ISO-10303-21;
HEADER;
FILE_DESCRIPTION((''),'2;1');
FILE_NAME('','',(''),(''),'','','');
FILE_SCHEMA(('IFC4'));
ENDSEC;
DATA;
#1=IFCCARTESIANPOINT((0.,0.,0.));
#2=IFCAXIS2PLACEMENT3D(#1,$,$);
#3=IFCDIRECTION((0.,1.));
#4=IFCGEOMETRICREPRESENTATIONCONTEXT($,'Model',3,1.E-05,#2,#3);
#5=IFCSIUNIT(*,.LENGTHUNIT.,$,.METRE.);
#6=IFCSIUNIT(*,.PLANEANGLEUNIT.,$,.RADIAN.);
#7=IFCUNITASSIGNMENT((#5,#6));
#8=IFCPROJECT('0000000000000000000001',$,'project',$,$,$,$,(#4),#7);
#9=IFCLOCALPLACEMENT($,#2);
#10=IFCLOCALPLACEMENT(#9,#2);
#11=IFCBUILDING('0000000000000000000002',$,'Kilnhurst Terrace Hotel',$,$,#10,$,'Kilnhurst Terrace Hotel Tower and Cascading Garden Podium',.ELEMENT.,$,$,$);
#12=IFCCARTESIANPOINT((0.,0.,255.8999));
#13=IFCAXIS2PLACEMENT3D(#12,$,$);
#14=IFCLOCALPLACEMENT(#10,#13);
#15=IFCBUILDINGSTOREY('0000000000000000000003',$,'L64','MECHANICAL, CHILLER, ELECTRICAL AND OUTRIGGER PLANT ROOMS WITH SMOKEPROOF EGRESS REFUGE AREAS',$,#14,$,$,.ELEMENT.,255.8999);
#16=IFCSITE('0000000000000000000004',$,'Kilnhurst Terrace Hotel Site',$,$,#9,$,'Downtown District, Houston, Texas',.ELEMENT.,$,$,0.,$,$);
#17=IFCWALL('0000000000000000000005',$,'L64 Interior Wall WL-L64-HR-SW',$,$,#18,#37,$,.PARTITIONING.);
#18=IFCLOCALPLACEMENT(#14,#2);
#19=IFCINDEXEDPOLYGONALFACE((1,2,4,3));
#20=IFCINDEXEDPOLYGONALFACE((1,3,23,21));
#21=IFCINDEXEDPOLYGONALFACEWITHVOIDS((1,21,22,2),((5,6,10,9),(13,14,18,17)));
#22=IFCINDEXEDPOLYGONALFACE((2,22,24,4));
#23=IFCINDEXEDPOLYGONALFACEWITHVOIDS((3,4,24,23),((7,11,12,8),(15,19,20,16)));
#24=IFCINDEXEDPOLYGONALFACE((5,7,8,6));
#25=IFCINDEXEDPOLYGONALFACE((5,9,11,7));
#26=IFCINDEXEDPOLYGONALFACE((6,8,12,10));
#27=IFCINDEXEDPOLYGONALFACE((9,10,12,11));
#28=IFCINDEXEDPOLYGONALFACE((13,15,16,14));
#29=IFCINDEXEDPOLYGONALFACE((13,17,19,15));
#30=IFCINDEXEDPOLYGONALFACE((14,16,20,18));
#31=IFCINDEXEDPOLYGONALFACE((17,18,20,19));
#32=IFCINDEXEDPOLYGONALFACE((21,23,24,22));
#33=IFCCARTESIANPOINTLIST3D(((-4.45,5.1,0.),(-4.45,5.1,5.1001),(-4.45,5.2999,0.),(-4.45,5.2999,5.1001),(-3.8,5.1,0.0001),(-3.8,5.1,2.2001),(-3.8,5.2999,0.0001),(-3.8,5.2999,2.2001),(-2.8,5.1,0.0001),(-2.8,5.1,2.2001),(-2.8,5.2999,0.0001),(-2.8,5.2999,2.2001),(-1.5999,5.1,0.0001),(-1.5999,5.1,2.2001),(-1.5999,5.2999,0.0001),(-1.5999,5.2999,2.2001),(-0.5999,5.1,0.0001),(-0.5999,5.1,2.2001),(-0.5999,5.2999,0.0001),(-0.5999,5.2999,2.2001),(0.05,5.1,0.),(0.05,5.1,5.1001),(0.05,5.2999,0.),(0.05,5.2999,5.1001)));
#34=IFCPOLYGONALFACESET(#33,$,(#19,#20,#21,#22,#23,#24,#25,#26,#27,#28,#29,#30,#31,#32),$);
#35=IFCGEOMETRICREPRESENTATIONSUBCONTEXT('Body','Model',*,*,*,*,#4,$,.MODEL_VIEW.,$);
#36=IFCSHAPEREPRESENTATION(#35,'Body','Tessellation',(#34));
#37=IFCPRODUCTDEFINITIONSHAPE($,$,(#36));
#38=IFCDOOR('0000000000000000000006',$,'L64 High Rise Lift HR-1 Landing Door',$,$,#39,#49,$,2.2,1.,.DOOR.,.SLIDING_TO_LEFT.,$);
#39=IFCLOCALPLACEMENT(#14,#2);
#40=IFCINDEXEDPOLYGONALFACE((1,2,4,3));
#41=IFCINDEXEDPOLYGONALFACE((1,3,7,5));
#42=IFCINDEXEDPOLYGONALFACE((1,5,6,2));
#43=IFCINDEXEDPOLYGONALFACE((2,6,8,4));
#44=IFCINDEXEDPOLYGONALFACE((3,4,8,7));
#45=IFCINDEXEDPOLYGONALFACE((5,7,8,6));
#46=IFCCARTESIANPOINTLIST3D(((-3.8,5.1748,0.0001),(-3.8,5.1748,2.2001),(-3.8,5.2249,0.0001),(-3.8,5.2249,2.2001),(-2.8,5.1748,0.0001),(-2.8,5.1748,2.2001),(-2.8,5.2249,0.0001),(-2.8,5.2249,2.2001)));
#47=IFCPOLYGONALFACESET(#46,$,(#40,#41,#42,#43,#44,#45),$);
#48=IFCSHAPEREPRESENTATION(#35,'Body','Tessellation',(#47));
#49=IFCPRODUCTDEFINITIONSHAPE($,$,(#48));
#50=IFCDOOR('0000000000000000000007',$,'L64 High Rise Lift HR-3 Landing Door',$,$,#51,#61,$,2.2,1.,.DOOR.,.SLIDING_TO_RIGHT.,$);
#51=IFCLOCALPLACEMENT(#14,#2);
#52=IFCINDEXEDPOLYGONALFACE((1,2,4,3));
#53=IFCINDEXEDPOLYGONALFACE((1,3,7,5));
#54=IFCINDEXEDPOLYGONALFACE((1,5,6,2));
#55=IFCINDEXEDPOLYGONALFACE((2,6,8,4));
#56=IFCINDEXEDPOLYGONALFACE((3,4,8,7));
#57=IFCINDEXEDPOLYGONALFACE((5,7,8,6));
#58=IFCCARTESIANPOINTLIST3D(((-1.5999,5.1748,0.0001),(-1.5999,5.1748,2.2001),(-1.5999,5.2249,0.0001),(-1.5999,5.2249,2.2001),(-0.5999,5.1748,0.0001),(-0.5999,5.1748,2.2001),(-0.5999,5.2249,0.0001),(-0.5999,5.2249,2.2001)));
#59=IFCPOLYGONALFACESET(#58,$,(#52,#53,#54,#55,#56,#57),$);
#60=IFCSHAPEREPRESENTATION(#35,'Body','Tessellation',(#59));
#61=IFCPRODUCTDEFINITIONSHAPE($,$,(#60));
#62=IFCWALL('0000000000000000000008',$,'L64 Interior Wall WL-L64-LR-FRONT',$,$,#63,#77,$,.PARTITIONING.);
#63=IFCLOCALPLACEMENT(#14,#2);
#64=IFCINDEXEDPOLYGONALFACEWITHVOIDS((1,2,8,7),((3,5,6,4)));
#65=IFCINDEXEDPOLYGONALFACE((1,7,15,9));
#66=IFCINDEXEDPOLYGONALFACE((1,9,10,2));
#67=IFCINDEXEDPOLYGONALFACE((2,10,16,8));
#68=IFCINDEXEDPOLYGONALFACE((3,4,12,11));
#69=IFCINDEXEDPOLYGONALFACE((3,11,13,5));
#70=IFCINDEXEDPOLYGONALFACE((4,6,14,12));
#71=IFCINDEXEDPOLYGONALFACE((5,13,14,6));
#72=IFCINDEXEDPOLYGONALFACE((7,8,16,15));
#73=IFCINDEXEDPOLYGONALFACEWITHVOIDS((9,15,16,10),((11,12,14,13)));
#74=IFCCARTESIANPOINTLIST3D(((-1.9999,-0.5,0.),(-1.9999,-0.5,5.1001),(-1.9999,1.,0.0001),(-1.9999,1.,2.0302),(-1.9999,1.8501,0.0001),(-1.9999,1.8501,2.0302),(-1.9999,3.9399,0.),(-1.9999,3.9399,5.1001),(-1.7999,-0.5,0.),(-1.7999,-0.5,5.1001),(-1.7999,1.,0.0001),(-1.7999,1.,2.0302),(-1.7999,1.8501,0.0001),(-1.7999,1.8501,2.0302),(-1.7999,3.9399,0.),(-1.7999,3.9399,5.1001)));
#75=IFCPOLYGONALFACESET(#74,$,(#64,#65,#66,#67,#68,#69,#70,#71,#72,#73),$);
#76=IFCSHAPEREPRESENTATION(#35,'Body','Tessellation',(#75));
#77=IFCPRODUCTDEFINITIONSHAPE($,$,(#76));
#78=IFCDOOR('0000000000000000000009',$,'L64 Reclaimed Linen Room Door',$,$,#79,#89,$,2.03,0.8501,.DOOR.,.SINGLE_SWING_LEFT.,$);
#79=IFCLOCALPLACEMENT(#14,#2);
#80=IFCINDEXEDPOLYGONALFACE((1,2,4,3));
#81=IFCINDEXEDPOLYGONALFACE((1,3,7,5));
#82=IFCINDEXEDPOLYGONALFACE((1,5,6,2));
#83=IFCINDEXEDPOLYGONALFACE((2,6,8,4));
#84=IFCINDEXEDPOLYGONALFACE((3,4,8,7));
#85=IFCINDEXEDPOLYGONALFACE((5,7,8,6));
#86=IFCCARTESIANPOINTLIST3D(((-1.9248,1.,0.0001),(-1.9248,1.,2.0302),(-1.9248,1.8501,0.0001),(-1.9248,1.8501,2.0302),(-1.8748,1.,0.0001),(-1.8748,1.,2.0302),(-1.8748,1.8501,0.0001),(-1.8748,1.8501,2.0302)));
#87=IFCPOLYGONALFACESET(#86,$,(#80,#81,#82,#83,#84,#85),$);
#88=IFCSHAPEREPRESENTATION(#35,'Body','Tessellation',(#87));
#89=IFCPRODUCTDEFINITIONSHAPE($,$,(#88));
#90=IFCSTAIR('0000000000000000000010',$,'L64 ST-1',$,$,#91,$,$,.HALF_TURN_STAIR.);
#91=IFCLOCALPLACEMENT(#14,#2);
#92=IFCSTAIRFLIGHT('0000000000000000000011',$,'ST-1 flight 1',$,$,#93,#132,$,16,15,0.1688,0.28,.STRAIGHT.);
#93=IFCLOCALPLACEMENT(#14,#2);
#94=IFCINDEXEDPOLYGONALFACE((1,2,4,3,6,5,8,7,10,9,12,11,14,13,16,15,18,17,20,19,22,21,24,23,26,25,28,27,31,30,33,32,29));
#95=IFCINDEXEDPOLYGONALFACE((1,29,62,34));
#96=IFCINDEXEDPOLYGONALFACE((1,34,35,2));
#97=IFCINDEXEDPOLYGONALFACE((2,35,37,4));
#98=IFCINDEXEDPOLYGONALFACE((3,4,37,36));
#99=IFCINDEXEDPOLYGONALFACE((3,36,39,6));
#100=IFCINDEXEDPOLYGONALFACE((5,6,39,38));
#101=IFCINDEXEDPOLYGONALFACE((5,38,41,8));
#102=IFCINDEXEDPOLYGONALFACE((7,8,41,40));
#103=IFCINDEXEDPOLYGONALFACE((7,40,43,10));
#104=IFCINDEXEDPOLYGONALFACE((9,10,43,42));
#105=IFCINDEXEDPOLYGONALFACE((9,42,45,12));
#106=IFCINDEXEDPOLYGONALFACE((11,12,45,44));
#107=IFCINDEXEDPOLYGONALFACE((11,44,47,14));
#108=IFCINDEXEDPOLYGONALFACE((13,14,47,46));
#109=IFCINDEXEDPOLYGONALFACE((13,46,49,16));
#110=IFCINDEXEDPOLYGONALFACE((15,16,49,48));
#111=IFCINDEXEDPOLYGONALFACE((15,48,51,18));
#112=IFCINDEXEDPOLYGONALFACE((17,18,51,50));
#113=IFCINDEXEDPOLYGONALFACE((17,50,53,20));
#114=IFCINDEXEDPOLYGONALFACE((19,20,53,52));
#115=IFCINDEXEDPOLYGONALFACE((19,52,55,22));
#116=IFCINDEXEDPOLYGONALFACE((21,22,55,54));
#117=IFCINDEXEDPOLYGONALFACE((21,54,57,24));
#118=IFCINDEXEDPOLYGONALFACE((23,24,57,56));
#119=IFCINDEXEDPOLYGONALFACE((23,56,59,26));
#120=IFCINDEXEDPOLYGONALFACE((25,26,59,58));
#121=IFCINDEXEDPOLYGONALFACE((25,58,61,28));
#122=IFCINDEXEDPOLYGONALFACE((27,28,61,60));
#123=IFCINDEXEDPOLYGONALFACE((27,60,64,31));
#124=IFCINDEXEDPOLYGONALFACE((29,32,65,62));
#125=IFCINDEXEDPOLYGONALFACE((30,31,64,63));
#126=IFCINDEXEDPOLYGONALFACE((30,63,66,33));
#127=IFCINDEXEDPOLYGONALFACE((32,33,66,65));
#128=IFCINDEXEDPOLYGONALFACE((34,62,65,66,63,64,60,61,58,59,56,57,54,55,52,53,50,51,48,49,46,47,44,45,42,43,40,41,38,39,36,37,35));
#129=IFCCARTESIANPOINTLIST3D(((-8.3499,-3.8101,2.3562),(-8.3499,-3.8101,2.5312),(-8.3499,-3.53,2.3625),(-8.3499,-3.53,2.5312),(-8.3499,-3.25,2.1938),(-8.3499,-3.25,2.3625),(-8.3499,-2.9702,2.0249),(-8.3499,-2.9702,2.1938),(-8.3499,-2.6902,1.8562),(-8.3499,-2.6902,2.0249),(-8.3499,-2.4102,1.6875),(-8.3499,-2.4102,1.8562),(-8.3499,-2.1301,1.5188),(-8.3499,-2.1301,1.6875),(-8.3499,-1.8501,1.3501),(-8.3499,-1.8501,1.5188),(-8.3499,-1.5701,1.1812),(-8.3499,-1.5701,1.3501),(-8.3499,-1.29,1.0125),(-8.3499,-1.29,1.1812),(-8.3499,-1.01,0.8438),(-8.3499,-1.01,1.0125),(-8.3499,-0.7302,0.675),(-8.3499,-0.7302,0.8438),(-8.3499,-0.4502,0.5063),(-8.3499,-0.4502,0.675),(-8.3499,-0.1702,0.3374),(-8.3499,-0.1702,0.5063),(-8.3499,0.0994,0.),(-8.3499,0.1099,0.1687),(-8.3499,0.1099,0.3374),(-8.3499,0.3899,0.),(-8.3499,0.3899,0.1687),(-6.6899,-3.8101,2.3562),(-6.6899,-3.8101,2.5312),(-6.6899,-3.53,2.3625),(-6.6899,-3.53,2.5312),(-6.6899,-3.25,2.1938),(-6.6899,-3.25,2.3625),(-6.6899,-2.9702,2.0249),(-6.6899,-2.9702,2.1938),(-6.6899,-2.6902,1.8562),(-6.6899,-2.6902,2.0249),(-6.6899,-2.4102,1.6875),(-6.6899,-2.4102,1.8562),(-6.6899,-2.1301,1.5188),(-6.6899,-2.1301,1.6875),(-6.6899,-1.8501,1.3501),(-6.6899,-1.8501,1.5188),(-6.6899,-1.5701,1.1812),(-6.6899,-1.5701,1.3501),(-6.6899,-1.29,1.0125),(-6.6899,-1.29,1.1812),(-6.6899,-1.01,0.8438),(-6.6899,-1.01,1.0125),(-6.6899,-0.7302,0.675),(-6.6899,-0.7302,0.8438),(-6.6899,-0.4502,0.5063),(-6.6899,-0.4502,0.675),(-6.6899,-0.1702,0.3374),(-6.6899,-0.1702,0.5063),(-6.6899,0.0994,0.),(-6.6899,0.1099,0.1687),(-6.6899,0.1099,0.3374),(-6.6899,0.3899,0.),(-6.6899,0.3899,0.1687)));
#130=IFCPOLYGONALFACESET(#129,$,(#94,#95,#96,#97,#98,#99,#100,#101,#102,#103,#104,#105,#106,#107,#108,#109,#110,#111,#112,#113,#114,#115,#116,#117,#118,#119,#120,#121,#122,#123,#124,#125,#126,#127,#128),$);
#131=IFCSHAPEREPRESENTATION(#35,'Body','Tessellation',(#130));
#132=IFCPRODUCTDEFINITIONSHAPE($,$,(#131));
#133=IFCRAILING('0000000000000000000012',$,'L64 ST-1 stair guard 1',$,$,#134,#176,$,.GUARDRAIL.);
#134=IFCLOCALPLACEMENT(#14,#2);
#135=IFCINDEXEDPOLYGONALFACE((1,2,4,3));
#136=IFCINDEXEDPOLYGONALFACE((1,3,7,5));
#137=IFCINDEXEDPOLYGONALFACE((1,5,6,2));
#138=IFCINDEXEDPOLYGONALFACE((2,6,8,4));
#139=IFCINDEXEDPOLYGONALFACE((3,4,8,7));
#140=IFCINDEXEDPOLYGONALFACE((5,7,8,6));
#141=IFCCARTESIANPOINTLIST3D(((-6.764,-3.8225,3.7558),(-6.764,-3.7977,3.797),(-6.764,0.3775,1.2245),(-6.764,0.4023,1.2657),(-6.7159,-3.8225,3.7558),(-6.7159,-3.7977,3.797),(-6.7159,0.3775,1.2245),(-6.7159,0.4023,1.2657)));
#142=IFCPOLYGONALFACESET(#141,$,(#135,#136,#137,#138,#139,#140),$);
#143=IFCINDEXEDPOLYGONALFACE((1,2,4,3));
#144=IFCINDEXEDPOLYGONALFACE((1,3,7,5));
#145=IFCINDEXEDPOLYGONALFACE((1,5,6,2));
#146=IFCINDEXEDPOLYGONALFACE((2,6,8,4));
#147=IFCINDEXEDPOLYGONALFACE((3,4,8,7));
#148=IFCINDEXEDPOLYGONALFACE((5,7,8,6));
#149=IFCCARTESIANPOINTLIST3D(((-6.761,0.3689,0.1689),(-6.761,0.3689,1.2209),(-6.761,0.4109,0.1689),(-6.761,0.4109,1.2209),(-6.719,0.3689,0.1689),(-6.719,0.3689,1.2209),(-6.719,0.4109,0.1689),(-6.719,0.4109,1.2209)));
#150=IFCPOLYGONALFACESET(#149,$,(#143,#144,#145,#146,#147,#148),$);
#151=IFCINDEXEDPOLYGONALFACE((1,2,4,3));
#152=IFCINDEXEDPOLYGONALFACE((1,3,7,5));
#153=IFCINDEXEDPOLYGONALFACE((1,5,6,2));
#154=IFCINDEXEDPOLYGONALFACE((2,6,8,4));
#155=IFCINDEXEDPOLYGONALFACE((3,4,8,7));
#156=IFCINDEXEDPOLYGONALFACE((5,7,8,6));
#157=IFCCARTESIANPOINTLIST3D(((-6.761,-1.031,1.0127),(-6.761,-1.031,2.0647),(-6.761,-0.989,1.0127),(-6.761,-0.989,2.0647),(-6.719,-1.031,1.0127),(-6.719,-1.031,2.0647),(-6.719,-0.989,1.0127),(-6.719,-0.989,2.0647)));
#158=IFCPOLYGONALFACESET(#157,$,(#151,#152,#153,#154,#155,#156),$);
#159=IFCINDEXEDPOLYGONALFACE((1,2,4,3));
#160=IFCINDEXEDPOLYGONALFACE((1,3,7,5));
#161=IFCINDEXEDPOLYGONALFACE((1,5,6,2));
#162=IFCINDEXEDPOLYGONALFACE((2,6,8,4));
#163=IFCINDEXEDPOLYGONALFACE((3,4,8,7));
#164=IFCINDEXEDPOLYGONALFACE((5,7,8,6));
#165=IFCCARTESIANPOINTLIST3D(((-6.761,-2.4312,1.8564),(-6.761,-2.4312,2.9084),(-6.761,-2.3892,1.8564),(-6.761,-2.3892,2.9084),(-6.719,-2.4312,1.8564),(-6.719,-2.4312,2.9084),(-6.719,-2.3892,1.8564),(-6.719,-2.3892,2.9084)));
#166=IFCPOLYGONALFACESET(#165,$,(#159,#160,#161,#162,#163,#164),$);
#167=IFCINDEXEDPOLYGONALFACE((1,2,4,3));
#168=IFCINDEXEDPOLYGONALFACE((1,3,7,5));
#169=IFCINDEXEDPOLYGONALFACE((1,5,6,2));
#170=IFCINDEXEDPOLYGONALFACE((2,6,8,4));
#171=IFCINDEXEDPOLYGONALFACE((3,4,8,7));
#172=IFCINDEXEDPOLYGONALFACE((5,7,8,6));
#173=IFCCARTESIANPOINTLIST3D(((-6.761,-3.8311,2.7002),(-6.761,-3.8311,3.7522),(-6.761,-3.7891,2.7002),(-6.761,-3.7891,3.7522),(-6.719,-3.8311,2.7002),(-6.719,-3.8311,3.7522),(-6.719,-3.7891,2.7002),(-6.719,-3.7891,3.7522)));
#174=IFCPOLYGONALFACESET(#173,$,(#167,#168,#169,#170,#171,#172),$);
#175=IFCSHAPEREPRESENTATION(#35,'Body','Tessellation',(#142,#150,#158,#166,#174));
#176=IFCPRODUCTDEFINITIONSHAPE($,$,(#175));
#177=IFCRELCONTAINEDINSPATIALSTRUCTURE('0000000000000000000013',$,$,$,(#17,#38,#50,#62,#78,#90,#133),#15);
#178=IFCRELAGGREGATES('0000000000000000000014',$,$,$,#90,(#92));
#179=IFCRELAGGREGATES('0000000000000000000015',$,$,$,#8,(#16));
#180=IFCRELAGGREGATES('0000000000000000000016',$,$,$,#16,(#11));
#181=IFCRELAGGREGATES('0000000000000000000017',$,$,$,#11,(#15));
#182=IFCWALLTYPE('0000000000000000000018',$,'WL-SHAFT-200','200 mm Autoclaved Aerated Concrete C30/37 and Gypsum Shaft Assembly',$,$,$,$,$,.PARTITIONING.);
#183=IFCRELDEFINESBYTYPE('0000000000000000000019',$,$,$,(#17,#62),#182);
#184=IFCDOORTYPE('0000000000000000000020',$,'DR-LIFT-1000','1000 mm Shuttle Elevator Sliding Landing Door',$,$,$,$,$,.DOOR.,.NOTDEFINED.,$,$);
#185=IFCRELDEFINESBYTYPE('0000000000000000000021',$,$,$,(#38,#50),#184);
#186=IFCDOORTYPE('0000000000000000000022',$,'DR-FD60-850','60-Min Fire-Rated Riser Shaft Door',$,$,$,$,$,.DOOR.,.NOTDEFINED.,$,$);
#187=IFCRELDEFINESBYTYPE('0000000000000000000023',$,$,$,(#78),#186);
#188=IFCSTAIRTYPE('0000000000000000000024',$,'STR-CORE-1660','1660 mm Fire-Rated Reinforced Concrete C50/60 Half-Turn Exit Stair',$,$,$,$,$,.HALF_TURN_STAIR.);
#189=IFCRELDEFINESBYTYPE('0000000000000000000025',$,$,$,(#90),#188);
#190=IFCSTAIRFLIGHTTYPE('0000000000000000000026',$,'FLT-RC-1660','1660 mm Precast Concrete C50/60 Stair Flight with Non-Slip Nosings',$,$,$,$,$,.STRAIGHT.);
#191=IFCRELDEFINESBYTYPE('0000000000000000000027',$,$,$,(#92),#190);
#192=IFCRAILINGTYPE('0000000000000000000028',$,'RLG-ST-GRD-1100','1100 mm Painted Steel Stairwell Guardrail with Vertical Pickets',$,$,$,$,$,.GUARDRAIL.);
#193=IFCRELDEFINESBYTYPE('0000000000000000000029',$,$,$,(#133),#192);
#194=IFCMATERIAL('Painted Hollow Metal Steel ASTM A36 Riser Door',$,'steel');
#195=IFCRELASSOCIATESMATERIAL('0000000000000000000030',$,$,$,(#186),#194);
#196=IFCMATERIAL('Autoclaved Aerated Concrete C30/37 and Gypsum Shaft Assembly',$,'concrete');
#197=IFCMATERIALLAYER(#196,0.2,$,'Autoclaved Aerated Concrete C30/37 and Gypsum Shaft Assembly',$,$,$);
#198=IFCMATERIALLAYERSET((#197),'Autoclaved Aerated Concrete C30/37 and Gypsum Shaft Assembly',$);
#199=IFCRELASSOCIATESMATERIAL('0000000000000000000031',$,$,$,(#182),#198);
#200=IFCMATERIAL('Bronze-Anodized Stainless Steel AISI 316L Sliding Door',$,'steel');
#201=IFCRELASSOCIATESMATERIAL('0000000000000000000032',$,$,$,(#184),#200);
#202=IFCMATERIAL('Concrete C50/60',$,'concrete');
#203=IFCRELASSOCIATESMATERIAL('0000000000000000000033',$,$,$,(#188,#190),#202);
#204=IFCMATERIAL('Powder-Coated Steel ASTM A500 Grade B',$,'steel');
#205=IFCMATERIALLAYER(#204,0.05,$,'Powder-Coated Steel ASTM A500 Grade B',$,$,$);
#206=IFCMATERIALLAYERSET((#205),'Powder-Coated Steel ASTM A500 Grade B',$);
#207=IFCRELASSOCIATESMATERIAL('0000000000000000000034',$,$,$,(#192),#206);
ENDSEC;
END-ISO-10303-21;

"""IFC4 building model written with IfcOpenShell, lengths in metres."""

from ifc_helpers import new_model, si_unit, direction, frame, frame_2d, origin, origin_2d, place, context, subcontext, project, spatial, polyline, rectangle, outline, extrude, material, layer, layer_set, type_object, element, fill, aggregate, save


model = new_model("IFC4")

# Units and contexts
model_context = context("Model", 3, precision=1e-05, world=origin(), true_north=direction((0.0, 1.0)))
body_context = subcontext(model_context, "Body", "Model", "MODEL_VIEW")
ifc_project = project(units=[si_unit("LENGTHUNIT", "METRE"), si_unit("PLANEANGLEUNIT", "RADIAN")], contexts=[model_context])

# Site, building, storey
site_placement = place(None, origin())
site = spatial("IfcSite", under=ifc_project, at=site_placement, Name="Kilnhurst Terrace Hotel Site", LongName="Downtown District, Houston, Texas", CompositionType="ELEMENT", RefElevation=0.0)
building_placement = place(site_placement, origin())
building = spatial("IfcBuilding", under=site, at=building_placement, Name="Kilnhurst Terrace Hotel", LongName="Kilnhurst Terrace Hotel Tower and Cascading Garden Podium", CompositionType="ELEMENT")
storey_placement = place(building_placement, frame((0.0, 0.0, 255.8999)))
storey = spatial("IfcBuildingStorey", under=building, at=storey_placement, Name="L64", Description="MECHANICAL, CHILLER, ELECTRICAL AND OUTRIGGER PLANT ROOMS WITH SMOKEPROOF EGRESS REFUGE AREAS", CompositionType="ELEMENT", Elevation=255.8999)

# Wall, openings, doors
ifc_material_1 = material(Name="Painted Hollow Metal Steel ASTM A36 Riser Door", Category="steel")
door_type_1 = type_object("IfcDoorType", Name="DR-FD60-850", Description="60-Min Fire-Rated Riser Shaft Door", OperationType="NOTDEFINED", PredefinedType="DOOR", material=ifc_material_1)
ifc_material_2 = material(Name="Autoclaved Aerated Concrete C30/37 and Gypsum Shaft Assembly", Category="concrete")
ifc_layer_1 = layer(ifc_material_2, 0.2, Name="Autoclaved Aerated Concrete C30/37 and Gypsum Shaft Assembly")
ifc_layer_set_1 = layer_set([ifc_layer_1], Name="Autoclaved Aerated Concrete C30/37 and Gypsum Shaft Assembly")
wall_type_1 = type_object("IfcWallType", Name="WL-SHAFT-200", Description="200 mm Autoclaved Aerated Concrete C30/37 and Gypsum Shaft Assembly", PredefinedType="PARTITIONING", material=ifc_layer_set_1)
ifc_material_3 = material(Name="Bronze-Anodized Stainless Steel AISI 316L Sliding Door", Category="steel")
wall_1_placement = place(storey_placement, frame((-4.45, 5.2, 0.0), z_axis=(0.0, 0.0, 1.0), x_axis=(1.0, 0.0, 0.0)))
wall_1 = element("IfcWall", 1, at=wall_1_placement, inside=storey, type_object=wall_type_1, Name="L64 Interior Wall WL-L64-HR-SW", PredefinedType="PARTITIONING", context=body_context, shape_type="SweptSolid", body=[
    extrude(rectangle(XDim=4.5, YDim=0.2, at=frame_2d((2.25, 0.0))), origin(), (0.0, 0.0, 1.0), 5.1001),
])
opening_1_placement = place(wall_1_placement, frame((0.6499, 0.0, 0.0)))
opening_1 = element("IfcOpeningElement", 2, at=opening_1_placement, cuts=wall_1, PredefinedType="OPENING", context=body_context, shape_type="SweptSolid", body=[
    extrude(rectangle(XDim=1.0, YDim=2.2, at=frame_2d((0.5, 1.1001))), frame((0.0, 0.1099, 0.0), z_axis=(0.0, -1.0, 0.0), x_axis=(1.0, 0.0, 0.0)), (0.0, 0.0, 1.0), 0.22),
])
opening_2_placement = place(wall_1_placement, frame((2.8501, 0.0, 0.0)))
opening_2 = element("IfcOpeningElement", 3, at=opening_2_placement, cuts=wall_1, PredefinedType="OPENING", context=body_context, shape_type="SweptSolid", body=[
    extrude(rectangle(XDim=1.0, YDim=2.2, at=frame_2d((0.5, 1.1001))), frame((0.0, 0.1099, 0.0), z_axis=(0.0, -1.0, 0.0), x_axis=(1.0, 0.0, 0.0)), (0.0, 0.0, 1.0), 0.22),
])
door_type_2 = type_object("IfcDoorType", Name="DR-LIFT-1000", Description="1000 mm Shuttle Elevator Sliding Landing Door", OperationType="NOTDEFINED", PredefinedType="DOOR", material=ifc_material_3)
door_1_placement = place(opening_1_placement, origin())
door_1 = element("IfcDoor", 4, at=door_1_placement, inside=storey, type_object=door_type_2, Name="L64 High Rise Lift HR-1 Landing Door", OperationType="SLIDING_TO_LEFT", OverallHeight=2.2, OverallWidth=1.0, PredefinedType="DOOR", context=body_context, shape_type="SweptSolid", body=[
    extrude(rectangle(XDim=1.0, YDim=2.2, at=frame_2d((0.5, 1.1001))), frame((0.0, 0.0249, 0.0), z_axis=(0.0, -1.0, 0.0), x_axis=(1.0, 0.0, 0.0)), (0.0, 0.0, 1.0), 0.05),
])
fill(opening_1, door_1)
door_2_placement = place(opening_2_placement, origin())
door_2 = element("IfcDoor", 5, at=door_2_placement, inside=storey, type_object=door_type_2, Name="L64 High Rise Lift HR-3 Landing Door", OperationType="SLIDING_TO_RIGHT", OverallHeight=2.2, OverallWidth=1.0, PredefinedType="DOOR", context=body_context, shape_type="SweptSolid", body=[
    extrude(rectangle(XDim=1.0, YDim=2.2, at=frame_2d((0.5, 1.1001))), frame((0.0, 0.0249, 0.0), z_axis=(0.0, -1.0, 0.0), x_axis=(1.0, 0.0, 0.0)), (0.0, 0.0, 1.0), 0.05),
])
fill(opening_2, door_2)

# Wall, opening, door
wall_2_placement = place(storey_placement, frame((-1.8999, -0.5, 0.0), z_axis=(0.0, 0.0, 1.0), x_axis=(0.0, 1.0, 0.0)))
wall_2 = element("IfcWall", 6, at=wall_2_placement, inside=storey, type_object=wall_type_1, Name="L64 Interior Wall WL-L64-LR-FRONT", PredefinedType="PARTITIONING", context=body_context, shape_type="SweptSolid", body=[
    extrude(rectangle(XDim=4.4399, YDim=0.2, at=frame_2d((2.22, 0.0))), origin(), (0.0, 0.0, 1.0), 5.1001),
])
opening_3_placement = place(wall_2_placement, frame((1.5, 0.0, 0.0)))
opening_3 = element("IfcOpeningElement", 7, at=opening_3_placement, cuts=wall_2, PredefinedType="OPENING", context=body_context, shape_type="SweptSolid", body=[
    extrude(rectangle(XDim=0.8501, YDim=2.03, at=frame_2d((0.425, 1.0151))), frame((0.0, 0.1099, 0.0), z_axis=(0.0, -1.0, 0.0), x_axis=(1.0, 0.0, 0.0)), (0.0, 0.0, 1.0), 0.22),
])
door_3_placement = place(opening_3_placement, origin())
door_3 = element("IfcDoor", 8, at=door_3_placement, inside=storey, type_object=door_type_1, Name="L64 Reclaimed Linen Room Door", OperationType="SINGLE_SWING_LEFT", OverallHeight=2.03, OverallWidth=0.8501, PredefinedType="DOOR", context=body_context, shape_type="SweptSolid", body=[
    extrude(rectangle(XDim=0.8501, YDim=2.03, at=frame_2d((0.425, 1.0151))), frame((0.0, 0.0249, 0.0), z_axis=(0.0, -1.0, 0.0), x_axis=(1.0, 0.0, 0.0)), (0.0, 0.0, 1.0), 0.05),
])
fill(opening_3, door_3)
ifc_material_4 = material(Name="Concrete C50/60", Category="concrete")

# Stair, stair flight
stair_type = type_object("IfcStairType", Name="STR-CORE-1660", Description="1660 mm Fire-Rated Reinforced Concrete C50/60 Half-Turn Exit Stair", PredefinedType="HALF_TURN_STAIR", material=ifc_material_4)
stair_placement = place(storey_placement, origin())
stair = element("IfcStair", 9, at=stair_placement, inside=storey, type_object=stair_type, Name="L64 ST-1", PredefinedType="HALF_TURN_STAIR")
stair_flight_type = type_object("IfcStairFlightType", Name="FLT-RC-1660", Description="1660 mm Precast Concrete C50/60 Stair Flight with Non-Slip Nosings", PredefinedType="STRAIGHT", material=ifc_material_4)
stair_flight_placement = place(storey_placement, frame((-7.52, 0.3899, 0.0), z_axis=(0.0, 0.0, 1.0), x_axis=(0.0, -1.0, 0.0)))
stair_flight = element("IfcStairFlight", 10, at=stair_flight_placement, type_object=stair_flight_type, Name="ST-1 flight 1", NumberOfRisers=16, NumberOfTreads=15, PredefinedType="STRAIGHT", RiserHeight=0.1688, TreadLength=0.28, context=body_context, shape_type="SweptSolid", body=[
    extrude(outline(polyline([(0.0, 0.0), (0.0, 0.1687), (0.28, 0.1687), (0.28, 0.3374), (0.5601, 0.3374), (0.5601, 0.5063), (0.8401, 0.5063), (0.8401, 0.675), (1.1201, 0.675), (1.1201, 0.8438), (1.3999, 0.8438), (1.3999, 1.0125), (1.6799, 1.0125), (1.6799, 1.1812), (1.96, 1.1812), (1.96, 1.3501), (2.24, 1.3501), (2.24, 1.5188), (2.52, 1.5188), (2.52, 1.6875), (2.8, 1.6875), (2.8, 1.8562), (3.0801, 1.8562), (3.0801, 2.0249), (3.3601, 2.0249), (3.3601, 2.1938), (3.6399, 2.1938), (3.6399, 2.3625), (3.9199, 2.3625), (3.9199, 2.5312), (4.2, 2.5312), (4.2, 2.7), (4.2, 2.3562), (0.2905, 0.0), (0.0, 0.0)])), frame((0.0, 0.8301, 0.0), z_axis=(0.0, -1.0, 0.0), x_axis=(1.0, 0.0, 0.0)), (0.0, 0.0, 1.0), 1.6599),
])
aggregate(stair, [stair_flight])

# Railing
ifc_material_5 = material(Name="Powder-Coated Steel ASTM A500 Grade B", Category="steel")
ifc_layer_2 = layer(ifc_material_5, 0.05, Name="Powder-Coated Steel ASTM A500 Grade B")
ifc_layer_set_2 = layer_set([ifc_layer_2], Name="Powder-Coated Steel ASTM A500 Grade B")
railing_type_1 = type_object("IfcRailingType", Name="RLG-ST-GRD-1100", Description="1100 mm Painted Steel Stairwell Guardrail with Vertical Pickets", PredefinedType="GUARDRAIL", material=ifc_layer_set_2)
railing_1_placement = place(storey_placement, frame((-6.74, 0.3899, 0.1689)))
element("IfcRailing", 11, at=railing_1_placement, inside=storey, type_object=railing_type_1, Name="L64 ST-1 stair guard 1", PredefinedType="GUARDRAIL", context=body_context, shape_type="SweptSolid", body=[
    extrude(rectangle(XDim=0.0481, YDim=0.0481, at=origin_2d()), frame((0.0, 0.0, 1.0762), z_axis=(0.0, -0.856476, 0.516186), x_axis=(1.0, 0.0, 0.0)), (0.0, 0.0, 1.0), 4.9038),
    extrude(rectangle(XDim=0.042, YDim=0.042, at=origin_2d()), origin(), (0.0, 0.0, 1.0), 1.052),
    extrude(rectangle(XDim=0.042, YDim=0.042, at=origin_2d()), frame((0.0, -1.3999, 0.8438)), (0.0, 0.0, 1.0), 1.052),
    extrude(rectangle(XDim=0.042, YDim=0.042, at=origin_2d()), frame((0.0, -2.8, 1.6875)), (0.0, 0.0, 1.0), 1.052),
    extrude(rectangle(XDim=0.042, YDim=0.042, at=origin_2d()), frame((0.0, -4.2, 2.5312)), (0.0, 0.0, 1.0), 1.052),
])

save(model, "model.ifc")
